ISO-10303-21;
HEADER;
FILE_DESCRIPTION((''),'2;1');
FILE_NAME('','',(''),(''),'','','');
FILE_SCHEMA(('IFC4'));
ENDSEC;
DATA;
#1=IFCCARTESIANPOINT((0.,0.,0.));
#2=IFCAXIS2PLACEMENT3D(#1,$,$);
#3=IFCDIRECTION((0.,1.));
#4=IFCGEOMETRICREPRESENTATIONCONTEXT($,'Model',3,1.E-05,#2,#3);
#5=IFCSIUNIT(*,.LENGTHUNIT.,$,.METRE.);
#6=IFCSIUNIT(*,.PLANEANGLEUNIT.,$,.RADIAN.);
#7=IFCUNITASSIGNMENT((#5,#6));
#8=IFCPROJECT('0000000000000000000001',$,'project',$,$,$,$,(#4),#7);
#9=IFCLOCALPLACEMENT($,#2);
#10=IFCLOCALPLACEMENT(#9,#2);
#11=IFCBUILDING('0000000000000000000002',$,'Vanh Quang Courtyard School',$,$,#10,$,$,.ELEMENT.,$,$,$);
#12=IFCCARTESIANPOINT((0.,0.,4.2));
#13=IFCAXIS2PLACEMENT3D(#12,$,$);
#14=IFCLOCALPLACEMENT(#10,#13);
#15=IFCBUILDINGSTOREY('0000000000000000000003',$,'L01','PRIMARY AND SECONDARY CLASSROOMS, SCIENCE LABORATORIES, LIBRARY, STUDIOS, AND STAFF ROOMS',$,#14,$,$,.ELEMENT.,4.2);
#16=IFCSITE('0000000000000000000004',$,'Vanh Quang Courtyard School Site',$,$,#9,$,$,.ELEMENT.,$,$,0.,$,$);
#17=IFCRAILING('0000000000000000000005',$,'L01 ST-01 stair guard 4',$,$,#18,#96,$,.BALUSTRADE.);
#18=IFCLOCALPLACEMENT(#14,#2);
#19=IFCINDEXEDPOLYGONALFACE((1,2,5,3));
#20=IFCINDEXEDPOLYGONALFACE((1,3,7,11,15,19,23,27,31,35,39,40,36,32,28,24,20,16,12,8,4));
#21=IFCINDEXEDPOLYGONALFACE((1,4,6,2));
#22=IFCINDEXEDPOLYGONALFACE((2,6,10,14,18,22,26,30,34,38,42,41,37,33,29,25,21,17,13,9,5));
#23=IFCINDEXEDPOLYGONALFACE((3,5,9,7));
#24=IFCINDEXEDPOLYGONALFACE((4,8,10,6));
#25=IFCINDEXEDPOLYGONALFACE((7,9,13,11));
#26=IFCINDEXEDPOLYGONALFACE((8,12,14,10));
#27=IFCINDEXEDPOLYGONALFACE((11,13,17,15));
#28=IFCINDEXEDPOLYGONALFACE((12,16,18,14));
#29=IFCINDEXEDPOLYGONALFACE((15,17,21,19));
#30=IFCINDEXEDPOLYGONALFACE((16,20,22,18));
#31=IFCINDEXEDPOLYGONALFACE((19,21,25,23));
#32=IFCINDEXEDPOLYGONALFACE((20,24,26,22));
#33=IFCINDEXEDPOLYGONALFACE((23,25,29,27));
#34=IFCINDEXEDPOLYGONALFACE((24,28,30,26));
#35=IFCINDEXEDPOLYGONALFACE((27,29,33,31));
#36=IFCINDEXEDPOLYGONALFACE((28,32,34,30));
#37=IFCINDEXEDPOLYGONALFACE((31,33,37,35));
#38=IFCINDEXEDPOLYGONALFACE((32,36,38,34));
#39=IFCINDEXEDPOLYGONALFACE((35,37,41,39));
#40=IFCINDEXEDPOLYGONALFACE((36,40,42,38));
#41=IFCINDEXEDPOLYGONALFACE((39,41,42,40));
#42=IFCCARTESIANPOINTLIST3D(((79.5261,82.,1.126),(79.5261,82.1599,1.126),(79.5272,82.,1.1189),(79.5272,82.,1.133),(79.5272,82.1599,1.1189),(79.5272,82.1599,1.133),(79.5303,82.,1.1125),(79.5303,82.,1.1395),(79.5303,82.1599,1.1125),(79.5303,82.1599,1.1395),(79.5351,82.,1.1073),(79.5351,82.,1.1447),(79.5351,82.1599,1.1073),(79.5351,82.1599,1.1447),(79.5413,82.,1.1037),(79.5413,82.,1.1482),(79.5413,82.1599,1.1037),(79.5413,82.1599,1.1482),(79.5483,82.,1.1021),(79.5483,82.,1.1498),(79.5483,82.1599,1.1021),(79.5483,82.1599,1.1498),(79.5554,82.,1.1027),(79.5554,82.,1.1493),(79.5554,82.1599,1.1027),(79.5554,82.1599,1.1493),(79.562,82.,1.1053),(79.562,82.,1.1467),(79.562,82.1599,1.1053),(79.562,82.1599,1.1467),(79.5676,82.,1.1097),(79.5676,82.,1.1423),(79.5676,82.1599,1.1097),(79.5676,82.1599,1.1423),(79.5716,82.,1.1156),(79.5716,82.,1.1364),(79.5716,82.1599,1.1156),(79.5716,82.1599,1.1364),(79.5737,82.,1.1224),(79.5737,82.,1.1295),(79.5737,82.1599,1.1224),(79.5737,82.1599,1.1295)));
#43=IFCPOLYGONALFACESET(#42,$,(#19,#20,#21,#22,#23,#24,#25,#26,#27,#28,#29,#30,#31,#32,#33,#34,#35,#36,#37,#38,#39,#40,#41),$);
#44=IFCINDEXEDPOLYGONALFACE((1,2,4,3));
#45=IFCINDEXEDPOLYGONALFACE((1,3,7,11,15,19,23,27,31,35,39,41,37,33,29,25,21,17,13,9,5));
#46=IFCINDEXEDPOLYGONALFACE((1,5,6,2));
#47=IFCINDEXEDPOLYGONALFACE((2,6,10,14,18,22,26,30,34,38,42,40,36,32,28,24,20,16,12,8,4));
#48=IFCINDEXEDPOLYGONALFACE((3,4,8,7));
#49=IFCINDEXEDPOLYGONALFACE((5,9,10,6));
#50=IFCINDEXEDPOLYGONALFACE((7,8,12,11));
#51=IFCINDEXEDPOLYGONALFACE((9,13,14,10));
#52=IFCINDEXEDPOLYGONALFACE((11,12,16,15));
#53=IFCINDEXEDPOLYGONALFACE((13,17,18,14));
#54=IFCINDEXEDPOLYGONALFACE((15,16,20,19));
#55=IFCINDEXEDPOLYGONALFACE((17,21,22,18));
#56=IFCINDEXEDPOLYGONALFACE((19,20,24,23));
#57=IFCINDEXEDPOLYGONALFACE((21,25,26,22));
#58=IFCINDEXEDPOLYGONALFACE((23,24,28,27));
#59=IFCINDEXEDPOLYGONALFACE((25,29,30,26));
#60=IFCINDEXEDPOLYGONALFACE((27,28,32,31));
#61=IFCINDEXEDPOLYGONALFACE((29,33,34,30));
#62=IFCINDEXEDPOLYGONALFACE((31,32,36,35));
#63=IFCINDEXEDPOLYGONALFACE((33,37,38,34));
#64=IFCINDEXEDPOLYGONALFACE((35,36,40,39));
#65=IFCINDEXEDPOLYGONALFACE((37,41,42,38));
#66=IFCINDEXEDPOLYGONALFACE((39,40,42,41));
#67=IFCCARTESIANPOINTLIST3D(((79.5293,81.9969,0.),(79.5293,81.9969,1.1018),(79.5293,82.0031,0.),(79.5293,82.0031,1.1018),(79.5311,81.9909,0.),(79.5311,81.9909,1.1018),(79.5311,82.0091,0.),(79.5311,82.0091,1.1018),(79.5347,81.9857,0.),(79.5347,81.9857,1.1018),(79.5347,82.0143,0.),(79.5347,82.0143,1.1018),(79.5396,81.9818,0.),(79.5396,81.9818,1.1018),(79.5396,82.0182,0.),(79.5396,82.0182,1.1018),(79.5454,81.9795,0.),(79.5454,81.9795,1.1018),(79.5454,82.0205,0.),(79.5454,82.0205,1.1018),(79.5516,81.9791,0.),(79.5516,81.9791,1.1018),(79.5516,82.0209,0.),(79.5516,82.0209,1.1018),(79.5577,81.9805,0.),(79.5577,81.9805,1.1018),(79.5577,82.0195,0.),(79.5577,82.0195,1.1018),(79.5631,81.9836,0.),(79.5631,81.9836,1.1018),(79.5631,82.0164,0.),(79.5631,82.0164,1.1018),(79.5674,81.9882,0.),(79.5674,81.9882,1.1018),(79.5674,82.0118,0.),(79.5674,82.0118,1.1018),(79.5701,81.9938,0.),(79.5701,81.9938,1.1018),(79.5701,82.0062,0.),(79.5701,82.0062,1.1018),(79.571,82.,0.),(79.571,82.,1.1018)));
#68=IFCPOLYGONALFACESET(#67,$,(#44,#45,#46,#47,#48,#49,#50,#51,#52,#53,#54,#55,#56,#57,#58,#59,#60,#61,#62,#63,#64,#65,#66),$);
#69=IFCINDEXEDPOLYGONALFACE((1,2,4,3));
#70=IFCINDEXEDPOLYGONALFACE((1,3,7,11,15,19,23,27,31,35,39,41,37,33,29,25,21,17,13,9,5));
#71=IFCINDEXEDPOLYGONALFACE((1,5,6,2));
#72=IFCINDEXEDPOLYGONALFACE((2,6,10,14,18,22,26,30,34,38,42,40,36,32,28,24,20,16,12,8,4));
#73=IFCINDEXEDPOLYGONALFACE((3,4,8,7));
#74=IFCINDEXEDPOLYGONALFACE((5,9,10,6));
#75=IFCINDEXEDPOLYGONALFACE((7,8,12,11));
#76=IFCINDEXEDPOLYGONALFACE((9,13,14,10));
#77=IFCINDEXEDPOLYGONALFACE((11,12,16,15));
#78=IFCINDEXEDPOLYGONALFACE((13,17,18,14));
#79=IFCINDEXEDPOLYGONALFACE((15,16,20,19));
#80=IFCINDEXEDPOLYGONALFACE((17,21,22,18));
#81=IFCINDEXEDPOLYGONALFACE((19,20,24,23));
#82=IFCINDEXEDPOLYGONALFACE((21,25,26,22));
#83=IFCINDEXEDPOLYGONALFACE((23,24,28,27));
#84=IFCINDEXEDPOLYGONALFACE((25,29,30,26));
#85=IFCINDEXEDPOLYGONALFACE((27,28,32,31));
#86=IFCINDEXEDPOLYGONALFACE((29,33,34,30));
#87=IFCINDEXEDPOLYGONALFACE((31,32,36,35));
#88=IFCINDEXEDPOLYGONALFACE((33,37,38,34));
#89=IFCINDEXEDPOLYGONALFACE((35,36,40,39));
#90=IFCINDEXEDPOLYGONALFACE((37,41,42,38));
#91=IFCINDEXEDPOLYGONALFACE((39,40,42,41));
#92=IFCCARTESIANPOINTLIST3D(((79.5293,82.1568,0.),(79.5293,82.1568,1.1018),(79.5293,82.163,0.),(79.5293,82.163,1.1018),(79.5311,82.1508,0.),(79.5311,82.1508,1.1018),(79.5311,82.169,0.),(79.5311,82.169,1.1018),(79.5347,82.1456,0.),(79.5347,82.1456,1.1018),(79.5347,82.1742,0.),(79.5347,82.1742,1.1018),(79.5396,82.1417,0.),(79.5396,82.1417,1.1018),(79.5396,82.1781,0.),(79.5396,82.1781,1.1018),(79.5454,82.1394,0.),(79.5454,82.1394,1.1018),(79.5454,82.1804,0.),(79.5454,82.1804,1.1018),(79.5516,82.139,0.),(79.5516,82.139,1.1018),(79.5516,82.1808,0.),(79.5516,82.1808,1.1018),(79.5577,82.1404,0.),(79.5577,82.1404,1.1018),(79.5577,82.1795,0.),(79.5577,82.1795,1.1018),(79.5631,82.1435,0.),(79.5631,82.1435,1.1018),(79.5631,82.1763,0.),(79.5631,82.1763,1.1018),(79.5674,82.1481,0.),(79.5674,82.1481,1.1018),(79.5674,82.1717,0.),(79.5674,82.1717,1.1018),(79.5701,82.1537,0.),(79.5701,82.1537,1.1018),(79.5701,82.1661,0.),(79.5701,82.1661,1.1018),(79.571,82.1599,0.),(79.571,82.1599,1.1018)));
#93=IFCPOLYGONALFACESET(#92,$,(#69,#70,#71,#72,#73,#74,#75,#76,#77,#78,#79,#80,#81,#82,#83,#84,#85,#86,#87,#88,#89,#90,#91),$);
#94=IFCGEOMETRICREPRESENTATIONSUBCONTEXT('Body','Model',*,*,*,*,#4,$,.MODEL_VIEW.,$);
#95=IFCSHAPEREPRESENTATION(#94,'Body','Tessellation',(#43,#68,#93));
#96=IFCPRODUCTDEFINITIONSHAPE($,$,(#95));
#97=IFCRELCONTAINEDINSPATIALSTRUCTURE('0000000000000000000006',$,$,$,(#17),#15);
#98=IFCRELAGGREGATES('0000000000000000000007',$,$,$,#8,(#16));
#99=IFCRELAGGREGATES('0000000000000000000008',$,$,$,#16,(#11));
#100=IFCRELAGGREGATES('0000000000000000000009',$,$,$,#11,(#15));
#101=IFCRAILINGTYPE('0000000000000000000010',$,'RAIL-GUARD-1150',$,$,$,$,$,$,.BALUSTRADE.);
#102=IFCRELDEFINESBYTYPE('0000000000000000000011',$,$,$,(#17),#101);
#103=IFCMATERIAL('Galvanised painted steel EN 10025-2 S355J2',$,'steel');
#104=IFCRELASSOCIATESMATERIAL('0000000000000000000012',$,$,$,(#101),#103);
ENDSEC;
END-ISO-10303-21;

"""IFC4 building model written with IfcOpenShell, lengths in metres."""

from ifc_helpers import new_model, si_unit, direction, frame, origin, origin_2d, place, context, subcontext, project, spatial, circle, extrude, material, type_object, element, save


model = new_model("IFC4")

# Units and contexts
model_context = context("Model", 3, precision=1e-05, world=origin(), true_north=direction((0.0, 1.0)))
body_context = subcontext(model_context, "Body", "Model", "MODEL_VIEW")
ifc_project = project(units=[si_unit("LENGTHUNIT", "METRE"), si_unit("PLANEANGLEUNIT", "RADIAN")], contexts=[model_context])

# Site, building, storey
site_placement = place(None, origin())
site = spatial("IfcSite", under=ifc_project, at=site_placement, Name="Vanh Quang Courtyard School Site", CompositionType="ELEMENT", RefElevation=0.0)
building_placement = place(site_placement, origin())
building = spatial("IfcBuilding", under=site, at=building_placement, Name="Vanh Quang Courtyard School", CompositionType="ELEMENT")
storey_placement = place(building_placement, frame((0.0, 0.0, 4.2)))
storey = spatial("IfcBuildingStorey", under=building, at=storey_placement, Name="L01", Description="PRIMARY AND SECONDARY CLASSROOMS, SCIENCE LABORATORIES, LIBRARY, STUDIOS, AND STAFF ROOMS", CompositionType="ELEMENT", Elevation=4.2)

# Railing
ifc_material_1 = material(Name="Galvanised painted steel EN 10025-2 S355J2", Category="steel")
railing_type_1 = type_object("IfcRailingType", Name="RAIL-GUARD-1150", PredefinedType="BALUSTRADE", material=ifc_material_1)
railing_1_placement = place(storey_placement, frame((79.55, 82.0, 0.0)))
element("IfcRailing", 1, at=railing_1_placement, inside=storey, type_object=railing_type_1, Name="L01 ST-01 stair guard 4", PredefinedType="BALUSTRADE", context=body_context, shape_type="SweptSolid", body=[
    extrude(circle(Radius=0.0239, at=origin_2d()), frame((0.0, 0.0, 1.126), z_axis=(0.0, 1.0, 0.0), x_axis=(-1.0, 0.0, 0.0)), (0.0, 0.0, 1.0), 0.1599),
    extrude(circle(Radius=0.021, at=origin_2d()), origin(), (0.0, 0.0, 1.0), 1.1018),
    extrude(circle(Radius=0.021, at=origin_2d()), frame((0.0, 0.1599, 0.0)), (0.0, 0.0, 1.0), 1.1018),
])

save(model, "model.ifc")
